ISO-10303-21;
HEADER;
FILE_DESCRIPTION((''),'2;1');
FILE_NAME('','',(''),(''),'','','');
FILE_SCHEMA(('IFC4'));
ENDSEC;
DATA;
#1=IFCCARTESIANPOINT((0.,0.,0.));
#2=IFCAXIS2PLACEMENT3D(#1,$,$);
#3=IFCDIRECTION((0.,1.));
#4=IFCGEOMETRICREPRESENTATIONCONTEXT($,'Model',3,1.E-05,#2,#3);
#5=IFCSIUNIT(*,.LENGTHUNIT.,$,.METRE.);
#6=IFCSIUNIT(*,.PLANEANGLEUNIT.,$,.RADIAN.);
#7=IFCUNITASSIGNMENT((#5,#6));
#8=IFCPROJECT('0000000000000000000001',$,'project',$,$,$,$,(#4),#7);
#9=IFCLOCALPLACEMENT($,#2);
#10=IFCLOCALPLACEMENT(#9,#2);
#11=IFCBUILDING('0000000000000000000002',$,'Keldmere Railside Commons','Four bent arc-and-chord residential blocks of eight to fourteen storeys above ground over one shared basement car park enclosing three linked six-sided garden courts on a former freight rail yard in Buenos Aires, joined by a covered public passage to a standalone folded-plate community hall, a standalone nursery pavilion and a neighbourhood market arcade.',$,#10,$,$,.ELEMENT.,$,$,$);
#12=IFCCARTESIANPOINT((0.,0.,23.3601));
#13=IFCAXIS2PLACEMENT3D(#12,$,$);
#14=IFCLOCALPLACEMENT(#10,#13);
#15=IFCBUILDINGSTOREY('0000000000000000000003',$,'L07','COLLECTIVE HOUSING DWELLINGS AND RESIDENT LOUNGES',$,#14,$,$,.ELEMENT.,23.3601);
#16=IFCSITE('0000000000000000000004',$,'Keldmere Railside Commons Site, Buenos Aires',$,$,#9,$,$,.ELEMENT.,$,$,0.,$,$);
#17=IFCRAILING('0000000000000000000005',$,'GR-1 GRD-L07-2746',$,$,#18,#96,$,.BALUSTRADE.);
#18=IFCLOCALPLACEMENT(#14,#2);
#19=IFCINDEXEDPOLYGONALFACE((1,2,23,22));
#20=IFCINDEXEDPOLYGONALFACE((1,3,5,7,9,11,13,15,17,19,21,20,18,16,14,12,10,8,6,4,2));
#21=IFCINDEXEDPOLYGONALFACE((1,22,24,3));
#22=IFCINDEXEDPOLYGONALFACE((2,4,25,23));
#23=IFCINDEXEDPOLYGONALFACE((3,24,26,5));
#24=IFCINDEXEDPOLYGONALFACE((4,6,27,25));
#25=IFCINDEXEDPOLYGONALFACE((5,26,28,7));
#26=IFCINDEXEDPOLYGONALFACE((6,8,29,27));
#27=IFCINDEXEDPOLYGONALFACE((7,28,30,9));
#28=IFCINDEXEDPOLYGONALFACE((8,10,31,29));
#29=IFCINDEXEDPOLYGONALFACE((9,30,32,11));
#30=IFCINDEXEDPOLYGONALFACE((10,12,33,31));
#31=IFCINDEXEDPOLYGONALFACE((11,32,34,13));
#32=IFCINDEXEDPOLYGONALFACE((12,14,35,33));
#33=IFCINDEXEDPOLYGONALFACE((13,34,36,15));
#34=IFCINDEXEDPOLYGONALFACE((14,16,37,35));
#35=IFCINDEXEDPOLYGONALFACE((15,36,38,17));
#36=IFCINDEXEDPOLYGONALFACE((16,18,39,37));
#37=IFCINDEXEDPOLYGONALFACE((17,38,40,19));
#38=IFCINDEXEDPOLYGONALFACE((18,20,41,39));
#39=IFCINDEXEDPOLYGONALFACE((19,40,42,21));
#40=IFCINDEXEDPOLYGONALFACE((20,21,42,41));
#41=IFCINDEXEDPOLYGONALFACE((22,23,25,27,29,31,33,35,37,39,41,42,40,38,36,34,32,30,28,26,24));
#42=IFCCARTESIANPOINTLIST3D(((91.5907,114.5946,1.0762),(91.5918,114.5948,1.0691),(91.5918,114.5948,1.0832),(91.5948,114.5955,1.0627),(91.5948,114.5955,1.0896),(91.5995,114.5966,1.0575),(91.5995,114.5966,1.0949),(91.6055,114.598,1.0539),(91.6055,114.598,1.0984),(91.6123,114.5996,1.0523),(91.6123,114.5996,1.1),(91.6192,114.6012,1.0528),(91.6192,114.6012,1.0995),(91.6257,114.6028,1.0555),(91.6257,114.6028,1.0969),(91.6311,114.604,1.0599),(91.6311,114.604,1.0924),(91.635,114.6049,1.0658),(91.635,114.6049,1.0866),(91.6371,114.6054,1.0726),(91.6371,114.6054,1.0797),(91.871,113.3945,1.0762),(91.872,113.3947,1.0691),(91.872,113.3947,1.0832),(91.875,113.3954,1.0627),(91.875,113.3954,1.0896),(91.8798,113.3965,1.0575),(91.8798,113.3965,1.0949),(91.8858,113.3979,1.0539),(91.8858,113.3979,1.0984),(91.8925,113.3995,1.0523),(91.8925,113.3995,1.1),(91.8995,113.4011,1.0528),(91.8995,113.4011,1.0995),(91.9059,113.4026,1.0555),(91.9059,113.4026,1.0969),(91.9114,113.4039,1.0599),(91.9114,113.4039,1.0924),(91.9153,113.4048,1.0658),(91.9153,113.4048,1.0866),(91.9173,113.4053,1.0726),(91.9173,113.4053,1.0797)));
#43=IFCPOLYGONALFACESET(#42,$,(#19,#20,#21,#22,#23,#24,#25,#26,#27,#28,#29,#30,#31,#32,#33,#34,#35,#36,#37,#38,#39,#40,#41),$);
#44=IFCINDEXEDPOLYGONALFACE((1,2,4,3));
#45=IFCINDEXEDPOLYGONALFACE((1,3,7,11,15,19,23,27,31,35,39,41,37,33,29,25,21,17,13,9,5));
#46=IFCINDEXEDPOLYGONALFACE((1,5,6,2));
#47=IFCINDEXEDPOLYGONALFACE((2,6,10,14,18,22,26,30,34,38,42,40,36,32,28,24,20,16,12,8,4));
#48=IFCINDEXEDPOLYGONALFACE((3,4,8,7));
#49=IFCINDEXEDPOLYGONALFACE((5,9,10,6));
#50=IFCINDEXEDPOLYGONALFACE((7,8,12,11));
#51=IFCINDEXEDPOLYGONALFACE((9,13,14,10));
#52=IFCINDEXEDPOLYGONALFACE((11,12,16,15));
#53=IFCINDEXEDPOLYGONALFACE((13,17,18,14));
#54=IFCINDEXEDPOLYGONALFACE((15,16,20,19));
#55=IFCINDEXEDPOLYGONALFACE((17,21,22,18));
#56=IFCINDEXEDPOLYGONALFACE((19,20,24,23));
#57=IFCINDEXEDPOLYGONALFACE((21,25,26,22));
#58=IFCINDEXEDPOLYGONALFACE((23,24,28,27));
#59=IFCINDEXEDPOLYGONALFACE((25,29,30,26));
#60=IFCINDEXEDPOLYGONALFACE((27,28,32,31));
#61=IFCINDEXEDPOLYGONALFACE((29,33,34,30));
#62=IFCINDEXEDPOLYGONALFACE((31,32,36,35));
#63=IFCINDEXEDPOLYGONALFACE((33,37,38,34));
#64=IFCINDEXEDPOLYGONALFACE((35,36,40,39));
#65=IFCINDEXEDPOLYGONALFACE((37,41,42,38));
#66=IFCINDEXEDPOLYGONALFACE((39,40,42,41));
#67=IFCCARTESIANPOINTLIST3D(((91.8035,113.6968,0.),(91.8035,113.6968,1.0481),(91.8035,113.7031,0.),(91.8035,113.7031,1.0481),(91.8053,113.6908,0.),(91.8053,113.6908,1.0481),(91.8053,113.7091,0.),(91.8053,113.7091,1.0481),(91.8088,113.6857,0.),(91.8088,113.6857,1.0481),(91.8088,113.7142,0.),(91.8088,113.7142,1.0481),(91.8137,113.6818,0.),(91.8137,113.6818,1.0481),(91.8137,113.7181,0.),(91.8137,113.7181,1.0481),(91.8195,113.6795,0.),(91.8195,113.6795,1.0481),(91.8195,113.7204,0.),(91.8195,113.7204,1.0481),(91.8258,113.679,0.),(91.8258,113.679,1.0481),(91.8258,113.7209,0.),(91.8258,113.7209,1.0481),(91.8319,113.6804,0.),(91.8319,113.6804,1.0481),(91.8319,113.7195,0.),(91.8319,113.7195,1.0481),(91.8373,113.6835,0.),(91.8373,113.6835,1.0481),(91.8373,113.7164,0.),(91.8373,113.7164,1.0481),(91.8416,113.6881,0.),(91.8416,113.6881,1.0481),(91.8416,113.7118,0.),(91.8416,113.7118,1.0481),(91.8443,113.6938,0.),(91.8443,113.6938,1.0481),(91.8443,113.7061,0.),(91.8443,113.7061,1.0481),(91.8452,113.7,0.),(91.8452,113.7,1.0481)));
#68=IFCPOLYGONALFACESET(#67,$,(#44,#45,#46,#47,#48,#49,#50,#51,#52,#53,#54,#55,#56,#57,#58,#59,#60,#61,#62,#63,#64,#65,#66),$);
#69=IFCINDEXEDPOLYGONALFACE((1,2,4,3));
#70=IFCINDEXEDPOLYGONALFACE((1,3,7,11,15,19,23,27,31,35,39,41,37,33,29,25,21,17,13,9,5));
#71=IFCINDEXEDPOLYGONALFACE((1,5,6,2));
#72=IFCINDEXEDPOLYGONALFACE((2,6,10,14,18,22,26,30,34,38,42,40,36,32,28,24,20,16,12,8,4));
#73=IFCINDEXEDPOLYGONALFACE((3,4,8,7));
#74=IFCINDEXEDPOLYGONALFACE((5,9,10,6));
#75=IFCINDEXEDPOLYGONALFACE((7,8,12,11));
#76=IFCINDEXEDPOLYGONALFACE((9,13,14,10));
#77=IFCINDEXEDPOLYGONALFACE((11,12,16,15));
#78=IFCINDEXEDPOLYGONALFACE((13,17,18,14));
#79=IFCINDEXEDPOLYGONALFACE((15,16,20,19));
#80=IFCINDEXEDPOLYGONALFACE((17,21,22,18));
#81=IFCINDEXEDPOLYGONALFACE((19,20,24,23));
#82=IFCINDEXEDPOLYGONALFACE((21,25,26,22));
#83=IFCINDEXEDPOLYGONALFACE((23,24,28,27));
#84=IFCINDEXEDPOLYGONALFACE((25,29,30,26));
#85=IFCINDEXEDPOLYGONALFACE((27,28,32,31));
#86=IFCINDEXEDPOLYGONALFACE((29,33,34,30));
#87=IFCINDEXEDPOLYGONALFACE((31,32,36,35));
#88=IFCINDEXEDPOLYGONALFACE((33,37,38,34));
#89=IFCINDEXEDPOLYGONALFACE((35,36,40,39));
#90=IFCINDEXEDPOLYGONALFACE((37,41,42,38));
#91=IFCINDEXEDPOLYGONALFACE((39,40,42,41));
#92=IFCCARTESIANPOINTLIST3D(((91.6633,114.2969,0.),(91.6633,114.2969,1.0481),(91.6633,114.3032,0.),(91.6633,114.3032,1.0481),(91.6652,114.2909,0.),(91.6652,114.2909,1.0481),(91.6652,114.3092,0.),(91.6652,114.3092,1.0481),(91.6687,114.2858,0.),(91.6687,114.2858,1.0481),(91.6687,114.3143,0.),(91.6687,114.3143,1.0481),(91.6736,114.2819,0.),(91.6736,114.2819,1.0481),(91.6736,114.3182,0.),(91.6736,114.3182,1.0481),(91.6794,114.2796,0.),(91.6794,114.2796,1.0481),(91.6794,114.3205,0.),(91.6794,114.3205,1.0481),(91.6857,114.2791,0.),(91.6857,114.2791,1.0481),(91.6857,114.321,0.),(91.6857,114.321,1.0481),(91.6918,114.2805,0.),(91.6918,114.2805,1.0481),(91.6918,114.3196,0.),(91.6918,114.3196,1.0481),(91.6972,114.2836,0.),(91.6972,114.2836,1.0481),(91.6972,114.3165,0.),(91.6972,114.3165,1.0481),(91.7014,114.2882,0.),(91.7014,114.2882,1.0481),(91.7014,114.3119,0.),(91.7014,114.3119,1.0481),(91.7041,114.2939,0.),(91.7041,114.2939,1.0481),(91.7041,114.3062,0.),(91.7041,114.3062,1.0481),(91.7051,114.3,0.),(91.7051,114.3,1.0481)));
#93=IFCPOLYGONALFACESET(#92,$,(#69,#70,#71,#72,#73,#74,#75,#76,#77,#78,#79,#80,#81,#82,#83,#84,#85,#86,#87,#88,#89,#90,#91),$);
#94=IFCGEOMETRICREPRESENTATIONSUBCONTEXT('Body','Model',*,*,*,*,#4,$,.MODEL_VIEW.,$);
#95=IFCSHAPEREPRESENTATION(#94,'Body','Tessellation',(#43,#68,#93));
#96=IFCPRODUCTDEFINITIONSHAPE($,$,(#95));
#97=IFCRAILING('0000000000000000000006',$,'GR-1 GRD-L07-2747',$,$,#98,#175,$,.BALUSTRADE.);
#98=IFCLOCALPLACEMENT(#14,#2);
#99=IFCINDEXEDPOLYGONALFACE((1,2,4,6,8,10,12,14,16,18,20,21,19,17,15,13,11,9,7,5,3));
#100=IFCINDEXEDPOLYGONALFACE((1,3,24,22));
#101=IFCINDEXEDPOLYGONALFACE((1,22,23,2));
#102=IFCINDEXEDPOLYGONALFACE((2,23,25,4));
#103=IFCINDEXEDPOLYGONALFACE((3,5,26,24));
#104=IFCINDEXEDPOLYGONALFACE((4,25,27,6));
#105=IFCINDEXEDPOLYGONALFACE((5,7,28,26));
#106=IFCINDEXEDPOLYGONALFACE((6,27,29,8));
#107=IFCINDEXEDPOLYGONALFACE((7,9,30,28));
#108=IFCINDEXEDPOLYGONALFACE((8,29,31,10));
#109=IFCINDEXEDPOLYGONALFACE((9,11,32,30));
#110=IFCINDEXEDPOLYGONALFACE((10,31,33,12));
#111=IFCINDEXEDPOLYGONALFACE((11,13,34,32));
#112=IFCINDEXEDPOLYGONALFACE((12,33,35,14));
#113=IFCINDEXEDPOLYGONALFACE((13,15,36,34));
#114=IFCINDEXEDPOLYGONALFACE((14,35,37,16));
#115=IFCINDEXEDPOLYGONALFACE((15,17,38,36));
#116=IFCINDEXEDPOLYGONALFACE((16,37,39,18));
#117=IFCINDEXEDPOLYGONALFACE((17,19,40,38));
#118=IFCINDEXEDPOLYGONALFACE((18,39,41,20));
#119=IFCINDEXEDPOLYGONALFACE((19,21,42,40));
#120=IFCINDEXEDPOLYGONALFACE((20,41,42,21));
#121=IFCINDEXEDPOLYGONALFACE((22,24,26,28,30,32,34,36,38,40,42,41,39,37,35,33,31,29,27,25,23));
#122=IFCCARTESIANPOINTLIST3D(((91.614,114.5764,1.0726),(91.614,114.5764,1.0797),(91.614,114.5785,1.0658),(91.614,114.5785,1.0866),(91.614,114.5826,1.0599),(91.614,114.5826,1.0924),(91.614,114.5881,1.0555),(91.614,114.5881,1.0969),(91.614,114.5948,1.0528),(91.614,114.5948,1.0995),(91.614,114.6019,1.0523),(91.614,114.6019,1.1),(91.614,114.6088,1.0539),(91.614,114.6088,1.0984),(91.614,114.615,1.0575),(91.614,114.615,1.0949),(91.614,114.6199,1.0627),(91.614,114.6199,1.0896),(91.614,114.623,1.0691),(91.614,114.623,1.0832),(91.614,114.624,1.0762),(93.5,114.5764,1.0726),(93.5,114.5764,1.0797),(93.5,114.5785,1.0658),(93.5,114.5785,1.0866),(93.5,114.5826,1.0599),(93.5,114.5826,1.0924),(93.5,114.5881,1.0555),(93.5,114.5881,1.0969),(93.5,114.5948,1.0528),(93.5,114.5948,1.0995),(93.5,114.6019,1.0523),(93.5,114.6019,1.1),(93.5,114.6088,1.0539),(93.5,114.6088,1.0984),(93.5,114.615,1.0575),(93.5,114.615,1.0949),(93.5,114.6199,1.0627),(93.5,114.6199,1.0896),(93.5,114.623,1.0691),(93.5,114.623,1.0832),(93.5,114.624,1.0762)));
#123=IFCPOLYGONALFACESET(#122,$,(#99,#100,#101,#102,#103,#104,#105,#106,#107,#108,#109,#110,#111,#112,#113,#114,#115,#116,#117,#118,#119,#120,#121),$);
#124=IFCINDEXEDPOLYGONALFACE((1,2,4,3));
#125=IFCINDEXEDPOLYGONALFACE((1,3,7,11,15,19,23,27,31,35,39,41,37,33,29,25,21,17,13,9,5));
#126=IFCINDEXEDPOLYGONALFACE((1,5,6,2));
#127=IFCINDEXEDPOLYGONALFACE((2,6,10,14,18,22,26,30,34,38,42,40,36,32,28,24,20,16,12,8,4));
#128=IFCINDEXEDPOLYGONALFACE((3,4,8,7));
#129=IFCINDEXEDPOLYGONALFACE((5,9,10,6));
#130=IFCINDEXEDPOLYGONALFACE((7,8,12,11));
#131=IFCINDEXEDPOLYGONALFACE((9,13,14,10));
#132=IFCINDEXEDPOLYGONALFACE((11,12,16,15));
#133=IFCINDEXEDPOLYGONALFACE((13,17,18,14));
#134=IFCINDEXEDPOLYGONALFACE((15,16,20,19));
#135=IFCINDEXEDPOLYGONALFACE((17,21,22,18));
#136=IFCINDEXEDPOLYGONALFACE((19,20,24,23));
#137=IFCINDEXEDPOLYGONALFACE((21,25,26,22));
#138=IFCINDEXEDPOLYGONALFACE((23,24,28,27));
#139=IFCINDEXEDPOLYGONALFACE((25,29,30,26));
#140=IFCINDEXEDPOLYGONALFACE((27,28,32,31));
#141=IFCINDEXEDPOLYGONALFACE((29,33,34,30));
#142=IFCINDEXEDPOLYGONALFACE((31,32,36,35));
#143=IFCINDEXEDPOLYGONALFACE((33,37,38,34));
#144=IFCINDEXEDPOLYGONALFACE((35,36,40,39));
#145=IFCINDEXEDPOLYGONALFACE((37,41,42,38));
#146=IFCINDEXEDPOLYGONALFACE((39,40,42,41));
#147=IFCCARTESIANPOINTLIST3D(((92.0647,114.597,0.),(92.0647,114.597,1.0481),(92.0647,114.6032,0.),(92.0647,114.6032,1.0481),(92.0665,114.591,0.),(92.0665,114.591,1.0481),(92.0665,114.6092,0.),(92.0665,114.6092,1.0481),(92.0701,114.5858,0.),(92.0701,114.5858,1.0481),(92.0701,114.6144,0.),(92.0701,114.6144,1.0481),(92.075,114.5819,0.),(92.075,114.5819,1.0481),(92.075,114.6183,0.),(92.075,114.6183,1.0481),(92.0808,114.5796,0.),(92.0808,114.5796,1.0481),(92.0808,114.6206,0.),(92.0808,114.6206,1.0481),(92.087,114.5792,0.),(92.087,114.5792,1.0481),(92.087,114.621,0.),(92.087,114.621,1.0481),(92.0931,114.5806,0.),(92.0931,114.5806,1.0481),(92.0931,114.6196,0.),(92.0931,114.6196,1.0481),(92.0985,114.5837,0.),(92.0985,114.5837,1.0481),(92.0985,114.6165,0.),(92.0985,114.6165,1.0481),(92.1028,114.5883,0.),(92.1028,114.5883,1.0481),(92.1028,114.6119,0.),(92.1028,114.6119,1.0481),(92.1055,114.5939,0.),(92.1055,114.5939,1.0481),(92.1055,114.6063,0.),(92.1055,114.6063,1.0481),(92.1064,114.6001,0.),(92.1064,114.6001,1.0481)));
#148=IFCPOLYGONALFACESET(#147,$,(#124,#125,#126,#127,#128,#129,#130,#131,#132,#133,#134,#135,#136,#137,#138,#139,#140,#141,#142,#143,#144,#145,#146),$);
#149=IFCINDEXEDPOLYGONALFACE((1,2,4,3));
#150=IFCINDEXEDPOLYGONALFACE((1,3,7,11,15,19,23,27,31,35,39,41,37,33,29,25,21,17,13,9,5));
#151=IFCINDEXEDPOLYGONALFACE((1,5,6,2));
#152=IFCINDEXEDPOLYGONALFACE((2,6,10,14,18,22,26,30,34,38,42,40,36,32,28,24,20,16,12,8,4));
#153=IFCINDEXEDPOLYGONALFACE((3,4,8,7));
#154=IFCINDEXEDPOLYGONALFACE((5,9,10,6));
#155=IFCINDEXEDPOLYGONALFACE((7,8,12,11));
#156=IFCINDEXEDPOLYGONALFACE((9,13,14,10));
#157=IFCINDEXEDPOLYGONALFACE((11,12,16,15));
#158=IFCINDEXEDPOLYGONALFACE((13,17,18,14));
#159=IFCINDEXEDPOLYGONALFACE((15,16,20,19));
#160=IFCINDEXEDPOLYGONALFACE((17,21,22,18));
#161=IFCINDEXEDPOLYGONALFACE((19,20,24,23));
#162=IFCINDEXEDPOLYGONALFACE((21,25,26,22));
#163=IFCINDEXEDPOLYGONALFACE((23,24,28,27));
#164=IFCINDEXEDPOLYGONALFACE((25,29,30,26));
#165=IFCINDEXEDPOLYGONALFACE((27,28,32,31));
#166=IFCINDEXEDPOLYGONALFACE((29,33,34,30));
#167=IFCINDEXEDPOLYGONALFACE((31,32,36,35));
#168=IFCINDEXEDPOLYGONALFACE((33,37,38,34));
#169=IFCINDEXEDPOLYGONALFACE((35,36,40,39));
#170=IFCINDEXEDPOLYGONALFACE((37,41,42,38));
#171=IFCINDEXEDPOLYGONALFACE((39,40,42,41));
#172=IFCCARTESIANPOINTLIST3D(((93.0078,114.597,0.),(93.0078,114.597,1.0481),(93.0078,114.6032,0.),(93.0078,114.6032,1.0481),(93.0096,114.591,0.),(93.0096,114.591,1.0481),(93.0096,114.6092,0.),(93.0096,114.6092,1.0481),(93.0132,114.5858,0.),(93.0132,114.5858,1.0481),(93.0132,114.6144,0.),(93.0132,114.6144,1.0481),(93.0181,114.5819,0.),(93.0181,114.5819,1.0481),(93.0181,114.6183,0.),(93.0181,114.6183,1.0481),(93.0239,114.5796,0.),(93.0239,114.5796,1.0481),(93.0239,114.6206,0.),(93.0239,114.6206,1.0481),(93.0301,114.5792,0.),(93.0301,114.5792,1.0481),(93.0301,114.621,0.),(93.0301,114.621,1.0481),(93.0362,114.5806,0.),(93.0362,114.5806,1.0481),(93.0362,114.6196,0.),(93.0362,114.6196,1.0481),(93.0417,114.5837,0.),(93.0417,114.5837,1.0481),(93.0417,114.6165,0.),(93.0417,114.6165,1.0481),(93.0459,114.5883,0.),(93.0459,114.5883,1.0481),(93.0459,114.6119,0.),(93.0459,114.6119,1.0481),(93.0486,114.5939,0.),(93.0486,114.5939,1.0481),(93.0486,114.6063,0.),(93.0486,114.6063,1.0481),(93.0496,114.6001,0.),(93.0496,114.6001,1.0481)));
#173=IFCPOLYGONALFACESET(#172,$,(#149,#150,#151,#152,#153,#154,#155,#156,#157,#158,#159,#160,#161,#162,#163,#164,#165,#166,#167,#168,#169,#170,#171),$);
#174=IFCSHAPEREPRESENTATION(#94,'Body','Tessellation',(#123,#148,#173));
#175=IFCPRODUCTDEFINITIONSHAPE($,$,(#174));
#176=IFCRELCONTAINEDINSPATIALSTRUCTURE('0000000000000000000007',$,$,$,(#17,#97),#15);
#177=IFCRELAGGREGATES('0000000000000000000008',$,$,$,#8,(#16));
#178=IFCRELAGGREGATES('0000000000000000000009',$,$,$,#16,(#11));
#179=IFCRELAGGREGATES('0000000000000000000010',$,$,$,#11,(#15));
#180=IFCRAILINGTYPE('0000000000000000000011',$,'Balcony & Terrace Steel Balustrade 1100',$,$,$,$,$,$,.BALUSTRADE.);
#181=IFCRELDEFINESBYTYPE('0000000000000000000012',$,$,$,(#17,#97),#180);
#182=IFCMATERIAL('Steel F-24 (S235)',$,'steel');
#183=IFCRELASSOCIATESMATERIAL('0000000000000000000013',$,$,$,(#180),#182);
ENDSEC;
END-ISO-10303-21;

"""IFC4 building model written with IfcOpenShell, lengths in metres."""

from ifc_helpers import new_model, si_unit, direction, frame, origin, origin_2d, place, context, subcontext, project, spatial, circle, extrude, material, type_object, element, save


model = new_model("IFC4")

# Units and contexts
model_context = context("Model", 3, precision=1e-05, world=origin(), true_north=direction((0.0, 1.0)))
body_context = subcontext(model_context, "Body", "Model", "MODEL_VIEW")
ifc_project = project(units=[si_unit("LENGTHUNIT", "METRE"), si_unit("PLANEANGLEUNIT", "RADIAN")], contexts=[model_context])

# Site, building, storey
site_placement = place(None, origin())
site = spatial("IfcSite", under=ifc_project, at=site_placement, Name="Keldmere Railside Commons Site, Buenos Aires", CompositionType="ELEMENT", RefElevation=0.0)
building_placement = place(site_placement, origin())
building = spatial("IfcBuilding", under=site, at=building_placement, Name="Keldmere Railside Commons", Description="Four bent arc-and-chord residential blocks of eight to fourteen storeys above ground over one shared basement car park enclosing three linked six-sided garden courts on a former freight rail yard in Buenos Aires, joined by a covered public passage to a standalone folded-plate community hall, a standalone nursery pavilion and a neighbourhood market arcade.", CompositionType="ELEMENT")
storey_placement = place(building_placement, frame((0.0, 0.0, 23.3601)))
storey = spatial("IfcBuildingStorey", under=building, at=storey_placement, Name="L07", Description="COLLECTIVE HOUSING DWELLINGS AND RESIDENT LOUNGES", CompositionType="ELEMENT", Elevation=23.3601)

# Railings
ifc_material_1 = material(Name="Steel F-24 (S235)", Category="steel")
railing_type = type_object("IfcRailingType", Name="Balcony & Terrace Steel Balustrade 1100", PredefinedType="BALUSTRADE", material=ifc_material_1)
railing_1_placement = place(storey_placement, frame((91.8943, 113.3999, 0.0)))
element("IfcRailing", 1, at=railing_1_placement, inside=storey, type_object=railing_type, Name="GR-1 GRD-L07-2746", PredefinedType="BALUSTRADE", context=body_context, shape_type="SweptSolid", body=[
    extrude(circle(Radius=0.0239, at=origin_2d()), frame((0.0, 0.0, 1.0762), z_axis=(-0.227405, 0.9738, 0.0), x_axis=(-0.9738, -0.227405, 0.0)), (0.0, 0.0, 1.0), 1.2324),
    extrude(circle(Radius=0.021, at=origin_2d()), frame((-0.0701, 0.3, 0.0)), (0.0, 0.0, 1.0), 1.0481),
    extrude(circle(Radius=0.021, at=origin_2d()), frame((-0.2102, 0.9001, 0.0)), (0.0, 0.0, 1.0), 1.0481),
])
railing_2_placement = place(storey_placement, frame((91.614, 114.6001, 0.0)))
element("IfcRailing", 2, at=railing_2_placement, inside=storey, type_object=railing_type, Name="GR-1 GRD-L07-2747", PredefinedType="BALUSTRADE", context=body_context, shape_type="SweptSolid", body=[
    extrude(circle(Radius=0.0239, at=origin_2d()), frame((0.0, 0.0, 1.0762), z_axis=(1.0, 0.0, 0.0), x_axis=(0.0, 1.0, 0.0)), (0.0, 0.0, 1.0), 1.886),
    extrude(circle(Radius=0.021, at=origin_2d()), frame((0.4714, 0.0, 0.0)), (0.0, 0.0, 1.0), 1.0481),
    extrude(circle(Radius=0.021, at=origin_2d()), frame((1.4146, 0.0, 0.0)), (0.0, 0.0, 1.0), 1.0481),
])

save(model, "model.ifc")
